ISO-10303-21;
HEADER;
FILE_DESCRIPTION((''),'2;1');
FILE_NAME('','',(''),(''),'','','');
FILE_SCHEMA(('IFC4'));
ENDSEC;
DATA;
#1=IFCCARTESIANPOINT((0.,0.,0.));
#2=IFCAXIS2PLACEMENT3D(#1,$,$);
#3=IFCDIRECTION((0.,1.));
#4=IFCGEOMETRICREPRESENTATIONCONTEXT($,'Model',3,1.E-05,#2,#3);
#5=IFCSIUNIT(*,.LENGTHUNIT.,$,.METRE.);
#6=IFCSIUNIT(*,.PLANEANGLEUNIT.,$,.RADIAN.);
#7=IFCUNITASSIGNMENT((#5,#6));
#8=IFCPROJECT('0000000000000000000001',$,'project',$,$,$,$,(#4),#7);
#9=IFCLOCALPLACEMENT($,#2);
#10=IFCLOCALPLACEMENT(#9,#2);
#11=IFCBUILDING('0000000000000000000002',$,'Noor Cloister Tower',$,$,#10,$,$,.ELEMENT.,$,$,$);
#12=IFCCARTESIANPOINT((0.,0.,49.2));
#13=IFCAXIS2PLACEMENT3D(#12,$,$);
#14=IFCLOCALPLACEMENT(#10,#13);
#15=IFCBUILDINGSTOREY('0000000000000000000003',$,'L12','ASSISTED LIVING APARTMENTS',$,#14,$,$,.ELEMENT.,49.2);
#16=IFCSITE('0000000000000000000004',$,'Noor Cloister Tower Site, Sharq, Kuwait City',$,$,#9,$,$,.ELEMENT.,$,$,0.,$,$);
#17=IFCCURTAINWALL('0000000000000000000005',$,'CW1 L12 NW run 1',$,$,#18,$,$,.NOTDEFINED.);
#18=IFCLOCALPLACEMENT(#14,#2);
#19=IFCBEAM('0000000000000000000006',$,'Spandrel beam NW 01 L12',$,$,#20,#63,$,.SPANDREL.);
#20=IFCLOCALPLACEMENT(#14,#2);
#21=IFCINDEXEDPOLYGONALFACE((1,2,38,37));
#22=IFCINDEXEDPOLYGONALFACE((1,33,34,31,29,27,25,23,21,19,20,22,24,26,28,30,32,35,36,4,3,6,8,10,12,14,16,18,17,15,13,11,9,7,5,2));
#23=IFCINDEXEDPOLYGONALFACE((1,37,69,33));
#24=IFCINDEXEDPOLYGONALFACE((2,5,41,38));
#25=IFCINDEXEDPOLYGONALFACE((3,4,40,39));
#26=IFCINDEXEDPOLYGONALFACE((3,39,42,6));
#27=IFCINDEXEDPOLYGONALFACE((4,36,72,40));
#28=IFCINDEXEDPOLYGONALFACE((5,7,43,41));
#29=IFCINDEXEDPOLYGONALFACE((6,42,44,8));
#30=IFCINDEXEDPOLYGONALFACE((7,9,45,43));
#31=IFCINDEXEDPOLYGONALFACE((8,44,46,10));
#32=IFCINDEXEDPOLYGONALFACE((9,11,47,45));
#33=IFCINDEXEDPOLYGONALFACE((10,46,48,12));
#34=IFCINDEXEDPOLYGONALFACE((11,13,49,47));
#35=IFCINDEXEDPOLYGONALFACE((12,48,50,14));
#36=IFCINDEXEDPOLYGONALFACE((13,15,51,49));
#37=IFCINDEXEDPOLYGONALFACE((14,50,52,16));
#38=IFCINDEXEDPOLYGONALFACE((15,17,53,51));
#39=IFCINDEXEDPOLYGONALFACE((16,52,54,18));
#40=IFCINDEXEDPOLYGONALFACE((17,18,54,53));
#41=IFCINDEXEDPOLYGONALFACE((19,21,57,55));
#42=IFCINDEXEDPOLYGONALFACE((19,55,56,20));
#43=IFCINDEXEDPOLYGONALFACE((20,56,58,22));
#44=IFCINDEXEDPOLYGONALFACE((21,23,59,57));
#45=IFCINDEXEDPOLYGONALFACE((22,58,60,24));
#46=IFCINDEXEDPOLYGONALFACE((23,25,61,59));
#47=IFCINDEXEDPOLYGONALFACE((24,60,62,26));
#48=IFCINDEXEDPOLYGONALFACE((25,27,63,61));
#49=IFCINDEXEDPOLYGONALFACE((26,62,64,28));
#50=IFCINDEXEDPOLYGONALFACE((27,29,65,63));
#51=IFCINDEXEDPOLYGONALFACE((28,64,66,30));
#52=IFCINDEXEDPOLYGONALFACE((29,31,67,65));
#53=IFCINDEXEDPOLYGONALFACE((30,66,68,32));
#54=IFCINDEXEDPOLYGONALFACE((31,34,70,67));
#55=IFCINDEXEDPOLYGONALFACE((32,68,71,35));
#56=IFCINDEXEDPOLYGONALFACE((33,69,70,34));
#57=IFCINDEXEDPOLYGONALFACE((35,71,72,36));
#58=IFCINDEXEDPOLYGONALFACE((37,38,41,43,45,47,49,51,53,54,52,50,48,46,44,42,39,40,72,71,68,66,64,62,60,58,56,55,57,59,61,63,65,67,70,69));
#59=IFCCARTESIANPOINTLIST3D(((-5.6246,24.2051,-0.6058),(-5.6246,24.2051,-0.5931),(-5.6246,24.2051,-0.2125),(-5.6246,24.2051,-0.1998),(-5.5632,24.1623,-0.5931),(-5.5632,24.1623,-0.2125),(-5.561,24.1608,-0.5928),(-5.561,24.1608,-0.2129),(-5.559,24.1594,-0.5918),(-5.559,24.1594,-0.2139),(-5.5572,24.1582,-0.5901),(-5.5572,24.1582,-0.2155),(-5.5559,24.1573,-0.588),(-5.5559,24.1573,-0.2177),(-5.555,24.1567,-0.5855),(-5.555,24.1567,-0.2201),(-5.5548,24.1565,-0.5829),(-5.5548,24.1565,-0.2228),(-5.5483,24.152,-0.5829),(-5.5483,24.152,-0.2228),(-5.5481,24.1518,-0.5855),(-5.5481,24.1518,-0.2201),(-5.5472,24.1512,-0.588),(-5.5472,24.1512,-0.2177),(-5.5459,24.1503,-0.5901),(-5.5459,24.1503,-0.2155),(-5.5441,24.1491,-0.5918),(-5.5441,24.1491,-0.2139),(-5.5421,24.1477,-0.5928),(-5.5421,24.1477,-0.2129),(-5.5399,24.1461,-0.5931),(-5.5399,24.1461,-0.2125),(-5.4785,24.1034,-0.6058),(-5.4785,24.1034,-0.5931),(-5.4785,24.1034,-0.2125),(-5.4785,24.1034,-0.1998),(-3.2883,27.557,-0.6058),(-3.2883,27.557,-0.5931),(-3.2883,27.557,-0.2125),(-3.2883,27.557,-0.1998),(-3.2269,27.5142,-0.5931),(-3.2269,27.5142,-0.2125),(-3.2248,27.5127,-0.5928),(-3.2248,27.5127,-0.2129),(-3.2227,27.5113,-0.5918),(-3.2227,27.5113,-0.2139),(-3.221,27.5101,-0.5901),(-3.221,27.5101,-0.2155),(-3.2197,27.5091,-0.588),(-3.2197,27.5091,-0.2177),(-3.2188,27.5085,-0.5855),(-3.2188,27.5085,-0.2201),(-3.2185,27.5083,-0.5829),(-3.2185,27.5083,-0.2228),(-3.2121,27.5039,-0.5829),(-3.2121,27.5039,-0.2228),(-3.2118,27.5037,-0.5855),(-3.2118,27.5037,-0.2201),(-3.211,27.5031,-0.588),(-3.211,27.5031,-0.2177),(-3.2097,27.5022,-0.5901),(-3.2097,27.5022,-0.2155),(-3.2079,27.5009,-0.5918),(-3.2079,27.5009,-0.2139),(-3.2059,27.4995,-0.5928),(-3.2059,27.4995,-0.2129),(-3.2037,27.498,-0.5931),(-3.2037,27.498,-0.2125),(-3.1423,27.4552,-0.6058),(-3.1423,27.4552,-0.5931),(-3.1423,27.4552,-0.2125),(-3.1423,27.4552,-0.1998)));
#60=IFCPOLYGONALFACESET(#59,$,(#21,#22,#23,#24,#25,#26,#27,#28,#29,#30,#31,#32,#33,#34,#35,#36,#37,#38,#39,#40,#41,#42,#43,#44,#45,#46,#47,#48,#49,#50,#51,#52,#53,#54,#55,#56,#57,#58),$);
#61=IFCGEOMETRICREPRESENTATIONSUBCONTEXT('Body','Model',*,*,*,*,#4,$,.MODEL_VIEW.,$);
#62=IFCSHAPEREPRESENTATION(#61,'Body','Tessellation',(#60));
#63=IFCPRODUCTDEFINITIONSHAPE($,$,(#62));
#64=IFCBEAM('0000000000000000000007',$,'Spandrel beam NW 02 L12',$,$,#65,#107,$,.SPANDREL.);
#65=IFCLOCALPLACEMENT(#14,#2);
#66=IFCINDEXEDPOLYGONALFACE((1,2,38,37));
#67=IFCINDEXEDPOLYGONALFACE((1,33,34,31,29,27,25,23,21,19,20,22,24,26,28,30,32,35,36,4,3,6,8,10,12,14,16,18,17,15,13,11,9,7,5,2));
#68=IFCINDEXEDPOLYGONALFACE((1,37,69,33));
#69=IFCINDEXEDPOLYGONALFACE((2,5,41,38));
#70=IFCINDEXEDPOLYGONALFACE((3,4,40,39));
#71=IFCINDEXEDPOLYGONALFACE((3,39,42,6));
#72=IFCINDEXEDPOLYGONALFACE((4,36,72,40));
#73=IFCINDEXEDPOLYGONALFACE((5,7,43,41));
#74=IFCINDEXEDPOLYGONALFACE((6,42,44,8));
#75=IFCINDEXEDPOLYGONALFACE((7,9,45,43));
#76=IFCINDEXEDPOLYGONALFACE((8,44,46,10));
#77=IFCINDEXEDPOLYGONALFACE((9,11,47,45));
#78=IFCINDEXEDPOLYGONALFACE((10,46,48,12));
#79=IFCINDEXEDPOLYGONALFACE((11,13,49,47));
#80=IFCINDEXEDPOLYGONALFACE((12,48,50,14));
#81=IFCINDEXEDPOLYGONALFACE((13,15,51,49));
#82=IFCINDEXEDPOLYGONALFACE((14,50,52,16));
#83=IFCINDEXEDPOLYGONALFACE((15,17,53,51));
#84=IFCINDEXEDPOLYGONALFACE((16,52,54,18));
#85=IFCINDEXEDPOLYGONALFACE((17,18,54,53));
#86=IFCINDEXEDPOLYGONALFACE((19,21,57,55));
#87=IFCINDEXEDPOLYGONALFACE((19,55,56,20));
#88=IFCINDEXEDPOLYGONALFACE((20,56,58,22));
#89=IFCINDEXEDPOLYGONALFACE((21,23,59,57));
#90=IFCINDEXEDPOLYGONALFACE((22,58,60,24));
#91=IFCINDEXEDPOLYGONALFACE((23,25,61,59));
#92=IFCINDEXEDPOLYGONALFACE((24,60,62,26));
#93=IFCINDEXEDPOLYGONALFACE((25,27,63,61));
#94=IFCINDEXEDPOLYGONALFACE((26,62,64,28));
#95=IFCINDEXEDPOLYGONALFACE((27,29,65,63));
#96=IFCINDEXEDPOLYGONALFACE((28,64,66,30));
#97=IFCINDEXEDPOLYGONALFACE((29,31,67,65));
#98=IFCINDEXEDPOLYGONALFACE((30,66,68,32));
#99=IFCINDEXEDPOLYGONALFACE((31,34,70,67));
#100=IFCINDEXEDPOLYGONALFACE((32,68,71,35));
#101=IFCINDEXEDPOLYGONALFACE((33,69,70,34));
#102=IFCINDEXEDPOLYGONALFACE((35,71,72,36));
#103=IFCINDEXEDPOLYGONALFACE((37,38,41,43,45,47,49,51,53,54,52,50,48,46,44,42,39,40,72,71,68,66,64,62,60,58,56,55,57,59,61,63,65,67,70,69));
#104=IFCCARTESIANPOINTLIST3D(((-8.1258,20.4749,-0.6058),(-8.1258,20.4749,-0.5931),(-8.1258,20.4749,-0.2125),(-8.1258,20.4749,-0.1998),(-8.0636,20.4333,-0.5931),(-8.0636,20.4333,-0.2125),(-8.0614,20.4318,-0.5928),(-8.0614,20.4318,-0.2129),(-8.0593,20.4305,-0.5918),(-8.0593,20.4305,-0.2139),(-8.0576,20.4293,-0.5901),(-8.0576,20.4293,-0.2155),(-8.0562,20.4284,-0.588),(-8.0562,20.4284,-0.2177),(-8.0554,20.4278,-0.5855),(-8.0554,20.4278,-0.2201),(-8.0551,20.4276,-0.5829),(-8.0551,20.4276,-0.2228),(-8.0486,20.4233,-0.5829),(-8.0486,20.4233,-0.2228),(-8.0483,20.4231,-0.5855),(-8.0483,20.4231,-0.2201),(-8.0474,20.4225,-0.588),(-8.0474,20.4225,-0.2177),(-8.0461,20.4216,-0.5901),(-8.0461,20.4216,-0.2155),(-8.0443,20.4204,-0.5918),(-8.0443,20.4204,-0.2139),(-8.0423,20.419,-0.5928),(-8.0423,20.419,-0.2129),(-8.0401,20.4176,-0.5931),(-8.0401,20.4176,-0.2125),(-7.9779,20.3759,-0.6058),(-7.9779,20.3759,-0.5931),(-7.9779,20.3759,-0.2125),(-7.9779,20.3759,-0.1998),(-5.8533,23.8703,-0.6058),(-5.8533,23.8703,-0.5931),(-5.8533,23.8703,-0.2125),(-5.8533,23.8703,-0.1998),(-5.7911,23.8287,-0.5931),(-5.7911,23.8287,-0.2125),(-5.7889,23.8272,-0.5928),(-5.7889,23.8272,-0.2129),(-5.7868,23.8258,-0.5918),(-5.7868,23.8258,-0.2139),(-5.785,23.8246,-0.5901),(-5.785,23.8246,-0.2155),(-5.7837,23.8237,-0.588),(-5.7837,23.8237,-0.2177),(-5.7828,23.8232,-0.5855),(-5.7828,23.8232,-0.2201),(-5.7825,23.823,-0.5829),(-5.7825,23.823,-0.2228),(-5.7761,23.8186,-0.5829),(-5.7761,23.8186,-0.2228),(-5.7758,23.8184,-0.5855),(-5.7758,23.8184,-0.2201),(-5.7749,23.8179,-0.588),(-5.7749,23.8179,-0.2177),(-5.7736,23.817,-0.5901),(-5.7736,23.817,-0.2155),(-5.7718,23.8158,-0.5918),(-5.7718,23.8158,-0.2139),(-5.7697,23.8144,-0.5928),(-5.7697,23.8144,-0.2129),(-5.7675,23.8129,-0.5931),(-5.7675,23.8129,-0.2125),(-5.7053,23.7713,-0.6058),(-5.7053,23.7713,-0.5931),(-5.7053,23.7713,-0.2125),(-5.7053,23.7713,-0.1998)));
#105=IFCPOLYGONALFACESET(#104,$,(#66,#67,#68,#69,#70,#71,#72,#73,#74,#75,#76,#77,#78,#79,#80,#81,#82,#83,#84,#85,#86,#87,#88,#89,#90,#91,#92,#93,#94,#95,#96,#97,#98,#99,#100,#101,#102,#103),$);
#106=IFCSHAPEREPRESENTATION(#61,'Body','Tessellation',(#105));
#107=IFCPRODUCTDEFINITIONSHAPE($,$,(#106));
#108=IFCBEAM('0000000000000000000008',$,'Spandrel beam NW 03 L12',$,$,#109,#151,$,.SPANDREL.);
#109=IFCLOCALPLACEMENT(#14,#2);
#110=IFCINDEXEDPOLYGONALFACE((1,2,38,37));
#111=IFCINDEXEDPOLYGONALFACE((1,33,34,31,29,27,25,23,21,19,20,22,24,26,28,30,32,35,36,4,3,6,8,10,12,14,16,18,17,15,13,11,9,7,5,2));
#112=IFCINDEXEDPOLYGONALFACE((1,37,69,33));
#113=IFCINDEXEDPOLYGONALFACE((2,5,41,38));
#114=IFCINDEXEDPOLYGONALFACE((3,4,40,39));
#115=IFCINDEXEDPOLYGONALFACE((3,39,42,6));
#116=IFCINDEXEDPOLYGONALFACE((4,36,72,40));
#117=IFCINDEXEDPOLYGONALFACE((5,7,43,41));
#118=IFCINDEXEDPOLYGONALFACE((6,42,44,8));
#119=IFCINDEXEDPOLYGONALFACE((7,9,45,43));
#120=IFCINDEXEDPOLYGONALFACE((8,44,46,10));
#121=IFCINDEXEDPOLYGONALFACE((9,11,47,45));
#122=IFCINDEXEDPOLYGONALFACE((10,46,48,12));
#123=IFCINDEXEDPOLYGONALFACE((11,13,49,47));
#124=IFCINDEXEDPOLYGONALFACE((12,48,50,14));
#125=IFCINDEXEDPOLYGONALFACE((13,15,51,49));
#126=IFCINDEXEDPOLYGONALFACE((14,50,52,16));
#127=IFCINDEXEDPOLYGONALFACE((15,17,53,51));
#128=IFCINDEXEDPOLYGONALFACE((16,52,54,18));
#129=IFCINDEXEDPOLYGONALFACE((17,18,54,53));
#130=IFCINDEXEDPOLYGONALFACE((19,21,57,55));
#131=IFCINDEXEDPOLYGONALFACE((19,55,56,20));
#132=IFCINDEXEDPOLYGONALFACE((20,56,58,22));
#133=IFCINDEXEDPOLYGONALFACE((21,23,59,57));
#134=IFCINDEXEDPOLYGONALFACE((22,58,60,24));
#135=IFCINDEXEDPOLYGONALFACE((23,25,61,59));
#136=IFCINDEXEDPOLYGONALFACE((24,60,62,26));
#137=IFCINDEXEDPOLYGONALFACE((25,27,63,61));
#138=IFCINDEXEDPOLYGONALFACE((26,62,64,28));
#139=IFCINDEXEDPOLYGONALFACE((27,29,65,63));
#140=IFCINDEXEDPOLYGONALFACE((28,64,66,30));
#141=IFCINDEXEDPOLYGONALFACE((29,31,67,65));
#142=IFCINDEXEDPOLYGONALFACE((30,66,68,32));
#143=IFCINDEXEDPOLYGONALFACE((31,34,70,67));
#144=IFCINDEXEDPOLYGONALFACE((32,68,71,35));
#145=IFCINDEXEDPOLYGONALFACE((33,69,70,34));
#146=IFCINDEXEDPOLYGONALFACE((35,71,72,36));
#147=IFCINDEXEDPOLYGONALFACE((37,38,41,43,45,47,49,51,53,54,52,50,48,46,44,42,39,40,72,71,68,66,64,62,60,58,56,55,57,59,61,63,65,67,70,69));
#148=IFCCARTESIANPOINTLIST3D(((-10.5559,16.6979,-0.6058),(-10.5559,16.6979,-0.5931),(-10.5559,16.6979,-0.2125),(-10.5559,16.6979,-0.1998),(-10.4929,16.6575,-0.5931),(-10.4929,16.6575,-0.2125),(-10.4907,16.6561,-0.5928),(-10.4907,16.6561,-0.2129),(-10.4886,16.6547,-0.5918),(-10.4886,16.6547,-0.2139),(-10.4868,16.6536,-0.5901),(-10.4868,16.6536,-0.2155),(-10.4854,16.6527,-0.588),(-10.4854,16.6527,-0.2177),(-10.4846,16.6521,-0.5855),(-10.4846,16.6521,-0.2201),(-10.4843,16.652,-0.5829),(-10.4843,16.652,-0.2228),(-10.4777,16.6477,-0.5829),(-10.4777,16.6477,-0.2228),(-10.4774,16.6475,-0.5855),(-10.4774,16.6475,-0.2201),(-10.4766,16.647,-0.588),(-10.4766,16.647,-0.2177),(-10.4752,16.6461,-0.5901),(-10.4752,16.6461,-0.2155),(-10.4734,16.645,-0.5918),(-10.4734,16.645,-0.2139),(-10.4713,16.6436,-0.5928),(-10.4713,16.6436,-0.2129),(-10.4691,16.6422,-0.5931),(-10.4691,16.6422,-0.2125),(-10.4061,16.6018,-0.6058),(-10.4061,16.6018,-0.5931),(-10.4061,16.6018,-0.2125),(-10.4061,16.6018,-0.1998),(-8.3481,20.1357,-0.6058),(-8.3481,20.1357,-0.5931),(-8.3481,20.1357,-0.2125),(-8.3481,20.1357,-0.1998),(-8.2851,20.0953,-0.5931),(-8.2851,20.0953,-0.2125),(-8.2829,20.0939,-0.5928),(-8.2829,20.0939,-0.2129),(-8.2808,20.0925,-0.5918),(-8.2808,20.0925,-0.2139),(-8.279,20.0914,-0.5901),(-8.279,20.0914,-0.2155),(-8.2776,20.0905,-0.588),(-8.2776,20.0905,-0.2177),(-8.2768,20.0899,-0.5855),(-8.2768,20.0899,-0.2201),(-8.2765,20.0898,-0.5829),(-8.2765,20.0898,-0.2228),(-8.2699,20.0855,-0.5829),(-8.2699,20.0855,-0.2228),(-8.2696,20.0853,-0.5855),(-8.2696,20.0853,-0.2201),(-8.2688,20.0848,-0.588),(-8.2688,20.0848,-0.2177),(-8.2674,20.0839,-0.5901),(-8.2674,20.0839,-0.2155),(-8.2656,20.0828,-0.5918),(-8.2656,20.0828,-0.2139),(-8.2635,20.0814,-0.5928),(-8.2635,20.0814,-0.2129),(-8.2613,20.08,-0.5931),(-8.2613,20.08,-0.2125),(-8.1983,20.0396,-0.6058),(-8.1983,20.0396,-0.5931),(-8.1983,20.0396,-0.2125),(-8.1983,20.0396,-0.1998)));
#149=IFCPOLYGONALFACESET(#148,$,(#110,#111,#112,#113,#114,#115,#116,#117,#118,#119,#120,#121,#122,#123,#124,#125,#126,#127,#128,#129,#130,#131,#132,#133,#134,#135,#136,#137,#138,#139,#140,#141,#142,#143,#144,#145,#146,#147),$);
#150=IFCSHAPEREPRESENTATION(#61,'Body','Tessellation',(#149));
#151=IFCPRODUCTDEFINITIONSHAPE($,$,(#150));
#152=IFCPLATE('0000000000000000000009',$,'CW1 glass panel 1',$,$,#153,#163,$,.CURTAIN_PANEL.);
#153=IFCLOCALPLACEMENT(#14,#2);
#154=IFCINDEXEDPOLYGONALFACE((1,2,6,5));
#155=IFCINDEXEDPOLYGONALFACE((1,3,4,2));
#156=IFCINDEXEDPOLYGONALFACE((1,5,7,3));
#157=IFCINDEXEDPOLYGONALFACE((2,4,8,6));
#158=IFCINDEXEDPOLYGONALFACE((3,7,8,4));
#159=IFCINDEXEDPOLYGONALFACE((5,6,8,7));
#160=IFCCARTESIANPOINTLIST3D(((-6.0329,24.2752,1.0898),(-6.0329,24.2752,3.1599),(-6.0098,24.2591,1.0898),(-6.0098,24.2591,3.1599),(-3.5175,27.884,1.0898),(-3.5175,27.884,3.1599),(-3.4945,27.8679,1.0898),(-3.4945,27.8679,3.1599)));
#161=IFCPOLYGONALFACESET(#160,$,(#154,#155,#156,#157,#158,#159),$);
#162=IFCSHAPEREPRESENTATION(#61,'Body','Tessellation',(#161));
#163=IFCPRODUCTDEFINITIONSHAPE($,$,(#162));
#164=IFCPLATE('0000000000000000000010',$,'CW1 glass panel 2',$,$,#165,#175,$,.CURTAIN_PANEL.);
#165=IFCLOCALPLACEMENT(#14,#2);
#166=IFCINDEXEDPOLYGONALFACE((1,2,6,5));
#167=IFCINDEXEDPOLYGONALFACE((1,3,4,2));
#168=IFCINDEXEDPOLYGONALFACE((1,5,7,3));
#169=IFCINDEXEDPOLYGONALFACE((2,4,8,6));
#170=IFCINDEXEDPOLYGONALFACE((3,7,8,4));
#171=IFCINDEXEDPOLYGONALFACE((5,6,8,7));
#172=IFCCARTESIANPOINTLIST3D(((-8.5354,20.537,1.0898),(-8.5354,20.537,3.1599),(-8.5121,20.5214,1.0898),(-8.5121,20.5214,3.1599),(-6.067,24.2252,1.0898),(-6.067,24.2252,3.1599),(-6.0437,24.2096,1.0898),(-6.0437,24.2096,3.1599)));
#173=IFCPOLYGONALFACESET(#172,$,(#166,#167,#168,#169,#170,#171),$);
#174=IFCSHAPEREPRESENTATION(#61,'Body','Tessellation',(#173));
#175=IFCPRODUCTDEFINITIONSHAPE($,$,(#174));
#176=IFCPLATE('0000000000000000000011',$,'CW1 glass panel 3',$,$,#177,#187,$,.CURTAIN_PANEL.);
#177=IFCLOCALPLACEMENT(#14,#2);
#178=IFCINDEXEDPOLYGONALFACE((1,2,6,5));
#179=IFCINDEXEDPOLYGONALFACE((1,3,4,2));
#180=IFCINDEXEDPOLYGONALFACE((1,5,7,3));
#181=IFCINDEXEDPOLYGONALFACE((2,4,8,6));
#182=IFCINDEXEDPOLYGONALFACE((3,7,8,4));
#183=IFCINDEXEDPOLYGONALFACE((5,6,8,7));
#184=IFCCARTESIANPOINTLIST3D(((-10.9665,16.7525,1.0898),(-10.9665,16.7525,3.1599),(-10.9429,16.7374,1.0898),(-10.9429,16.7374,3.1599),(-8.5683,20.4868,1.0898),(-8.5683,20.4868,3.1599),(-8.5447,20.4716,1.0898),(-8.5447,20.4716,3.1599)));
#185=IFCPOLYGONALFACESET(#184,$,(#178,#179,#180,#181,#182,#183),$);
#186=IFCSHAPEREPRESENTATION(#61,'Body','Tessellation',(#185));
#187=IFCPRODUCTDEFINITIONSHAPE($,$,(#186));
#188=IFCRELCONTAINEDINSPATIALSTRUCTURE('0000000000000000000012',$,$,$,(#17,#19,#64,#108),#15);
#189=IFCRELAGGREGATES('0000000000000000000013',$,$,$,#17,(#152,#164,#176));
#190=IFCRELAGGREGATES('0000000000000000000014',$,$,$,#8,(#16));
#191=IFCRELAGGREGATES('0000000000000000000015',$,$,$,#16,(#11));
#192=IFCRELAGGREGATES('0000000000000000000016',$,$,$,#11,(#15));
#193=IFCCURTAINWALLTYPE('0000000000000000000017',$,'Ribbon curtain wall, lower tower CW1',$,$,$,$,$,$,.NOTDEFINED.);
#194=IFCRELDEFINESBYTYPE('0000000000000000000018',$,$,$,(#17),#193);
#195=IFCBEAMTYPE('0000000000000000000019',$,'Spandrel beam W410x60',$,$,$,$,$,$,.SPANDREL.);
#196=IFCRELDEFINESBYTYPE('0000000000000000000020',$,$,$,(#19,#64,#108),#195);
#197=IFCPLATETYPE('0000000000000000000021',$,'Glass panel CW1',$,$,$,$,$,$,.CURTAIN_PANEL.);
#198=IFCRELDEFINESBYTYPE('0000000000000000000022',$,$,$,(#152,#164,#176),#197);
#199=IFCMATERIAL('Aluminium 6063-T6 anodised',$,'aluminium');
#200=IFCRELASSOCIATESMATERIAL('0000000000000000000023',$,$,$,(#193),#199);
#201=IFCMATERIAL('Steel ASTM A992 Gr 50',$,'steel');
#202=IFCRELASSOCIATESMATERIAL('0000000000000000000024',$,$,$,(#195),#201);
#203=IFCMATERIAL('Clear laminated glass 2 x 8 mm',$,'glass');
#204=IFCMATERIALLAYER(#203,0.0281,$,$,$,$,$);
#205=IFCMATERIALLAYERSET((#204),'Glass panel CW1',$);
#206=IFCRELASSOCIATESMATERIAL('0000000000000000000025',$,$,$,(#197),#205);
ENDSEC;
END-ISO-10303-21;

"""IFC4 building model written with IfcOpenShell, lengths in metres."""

from ifc_helpers import new_model, si_unit, direction, frame, origin, origin_2d, place, context, subcontext, project, spatial, rectangle, i_section, extrude, material, layer, layer_set, material_profile, profile_set, type_object, element, aggregate, save


model = new_model("IFC4")

# Units and contexts
model_context = context("Model", 3, precision=1e-05, world=origin(), true_north=direction((0.0, 1.0)))
body_context = subcontext(model_context, "Body", "Model", "MODEL_VIEW")
ifc_project = project(units=[si_unit("LENGTHUNIT", "METRE"), si_unit("PLANEANGLEUNIT", "RADIAN")], contexts=[model_context])

# Site, building, storey
site_placement = place(None, origin())
site = spatial("IfcSite", under=ifc_project, at=site_placement, Name="Noor Cloister Tower Site, Sharq, Kuwait City", CompositionType="ELEMENT", RefElevation=0.0)
building_placement = place(site_placement, origin())
building = spatial("IfcBuilding", under=site, at=building_placement, Name="Noor Cloister Tower", CompositionType="ELEMENT")
storey_placement = place(building_placement, frame((0.0, 0.0, 49.2)))
storey = spatial("IfcBuildingStorey", under=building, at=storey_placement, Name="L12", Description="ASSISTED LIVING APARTMENTS", CompositionType="ELEMENT", Elevation=49.2)

# Curtain wall
ifc_material_1 = material(Name="Aluminium 6063-T6 anodised", Category="aluminium")
curtain_wall_type = type_object("IfcCurtainWallType", Name="Ribbon curtain wall, lower tower CW1", PredefinedType="NOTDEFINED", material=ifc_material_1)
curtain_wall_placement = place(storey_placement, origin())
curtain_wall = element("IfcCurtainWall", 1, at=curtain_wall_placement, inside=storey, type_object=curtain_wall_type, Name="CW1 L12 NW run 1", PredefinedType="NOTDEFINED")

# Beams
ifc_material_2 = material(Name="Steel ASTM A992 Gr 50", Category="steel")
ifc_material_profile_1 = material_profile(ifc_material_2, i_section(OverallWidth=0.178, OverallDepth=0.406, WebThickness=0.0078, FlangeThickness=0.0127, FilletRadius=0.0103, at=origin_2d()), Name="W410x60")
ifc_profile_set_1 = profile_set([ifc_material_profile_1], Name="Steel ASTM A992 Gr 50")
beam_type_1 = type_object("IfcBeamType", Name="Spandrel beam W410x60", PredefinedType="SPANDREL", material=ifc_profile_set_1)
for number, where, z_axis, x_axis, name in (
    (2, (-3.2153, 27.5061, -0.4028), (-0.571805, -0.82039, 0.0), (0.82039, -0.571805, 0.0), "Spandrel beam NW 01 L12"),
    (3, (-5.7793, 23.8208, -0.4028), (-0.556216, -0.831038, 0.0), (0.831038, -0.556216, 0.0), "Spandrel beam NW 02 L12"),
    (4, (-8.2732, 20.0876, -0.4028), (-0.540374, -0.841425, 0.0), (0.841425, -0.540374, 0.0), "Spandrel beam NW 03 L12"),
):
    element("IfcBeam", number, at=place(storey_placement, frame(where, z_axis=z_axis, x_axis=x_axis)), inside=storey, type_object=beam_type_1, Name=name, PredefinedType="SPANDREL", context=body_context, shape_type="SweptSolid", body=[
        extrude(i_section(OverallWidth=0.178, OverallDepth=0.406, WebThickness=0.0078, FlangeThickness=0.0127, FilletRadius=0.0103, at=origin_2d()), origin(), (0.0, 0.0, 1.0), 4.0857),
    ])

# Plates
ifc_material_3 = material(Name="Clear laminated glass 2 x 8 mm", Category="glass")
ifc_layer = layer(ifc_material_3, 0.0281)
ifc_layer_set = layer_set([ifc_layer], Name="Glass panel CW1")
plate_type = type_object("IfcPlateType", Name="Glass panel CW1", PredefinedType="CURTAIN_PANEL", material=ifc_layer_set)
plate_1_placement = place(storey_placement, frame((-4.7637, 26.0715, 1.0898), z_axis=(0.0, 0.0, 1.0), x_axis=(-0.571818, -0.82038, 0.0)))
plate_1 = element("IfcPlate", 5, at=plate_1_placement, type_object=plate_type, Name="CW1 glass panel 1", PredefinedType="CURTAIN_PANEL", context=body_context, shape_type="SweptSolid", body=[
    extrude(rectangle(XDim=4.3989, YDim=0.0281, at=origin_2d()), origin(), (0.0, 0.0, 1.0), 2.0701),
])
plate_2_placement = place(storey_placement, frame((-7.2896, 22.3733, 1.0898), z_axis=(0.0, 0.0, 1.0), x_axis=(-0.556198, -0.831049, 0.0)))
plate_2 = element("IfcPlate", 6, at=plate_2_placement, type_object=plate_type, Name="CW1 glass panel 2", PredefinedType="CURTAIN_PANEL", context=body_context, shape_type="SweptSolid", body=[
    extrude(rectangle(XDim=4.438, YDim=0.0281, at=origin_2d()), origin(), (0.0, 0.0, 1.0), 2.0701),
])
plate_3_placement = place(storey_placement, frame((-9.7556, 18.6121, 1.0898), z_axis=(0.0, 0.0, 1.0), x_axis=(-0.54038, -0.841421, 0.0)))
plate_3 = element("IfcPlate", 7, at=plate_3_placement, type_object=plate_type, Name="CW1 glass panel 3", PredefinedType="CURTAIN_PANEL", context=body_context, shape_type="SweptSolid", body=[
    extrude(rectangle(XDim=4.438, YDim=0.0281, at=origin_2d()), origin(), (0.0, 0.0, 1.0), 2.0701),
])
aggregate(curtain_wall, [plate_1, plate_2, plate_3])

save(model, "model.ifc")
